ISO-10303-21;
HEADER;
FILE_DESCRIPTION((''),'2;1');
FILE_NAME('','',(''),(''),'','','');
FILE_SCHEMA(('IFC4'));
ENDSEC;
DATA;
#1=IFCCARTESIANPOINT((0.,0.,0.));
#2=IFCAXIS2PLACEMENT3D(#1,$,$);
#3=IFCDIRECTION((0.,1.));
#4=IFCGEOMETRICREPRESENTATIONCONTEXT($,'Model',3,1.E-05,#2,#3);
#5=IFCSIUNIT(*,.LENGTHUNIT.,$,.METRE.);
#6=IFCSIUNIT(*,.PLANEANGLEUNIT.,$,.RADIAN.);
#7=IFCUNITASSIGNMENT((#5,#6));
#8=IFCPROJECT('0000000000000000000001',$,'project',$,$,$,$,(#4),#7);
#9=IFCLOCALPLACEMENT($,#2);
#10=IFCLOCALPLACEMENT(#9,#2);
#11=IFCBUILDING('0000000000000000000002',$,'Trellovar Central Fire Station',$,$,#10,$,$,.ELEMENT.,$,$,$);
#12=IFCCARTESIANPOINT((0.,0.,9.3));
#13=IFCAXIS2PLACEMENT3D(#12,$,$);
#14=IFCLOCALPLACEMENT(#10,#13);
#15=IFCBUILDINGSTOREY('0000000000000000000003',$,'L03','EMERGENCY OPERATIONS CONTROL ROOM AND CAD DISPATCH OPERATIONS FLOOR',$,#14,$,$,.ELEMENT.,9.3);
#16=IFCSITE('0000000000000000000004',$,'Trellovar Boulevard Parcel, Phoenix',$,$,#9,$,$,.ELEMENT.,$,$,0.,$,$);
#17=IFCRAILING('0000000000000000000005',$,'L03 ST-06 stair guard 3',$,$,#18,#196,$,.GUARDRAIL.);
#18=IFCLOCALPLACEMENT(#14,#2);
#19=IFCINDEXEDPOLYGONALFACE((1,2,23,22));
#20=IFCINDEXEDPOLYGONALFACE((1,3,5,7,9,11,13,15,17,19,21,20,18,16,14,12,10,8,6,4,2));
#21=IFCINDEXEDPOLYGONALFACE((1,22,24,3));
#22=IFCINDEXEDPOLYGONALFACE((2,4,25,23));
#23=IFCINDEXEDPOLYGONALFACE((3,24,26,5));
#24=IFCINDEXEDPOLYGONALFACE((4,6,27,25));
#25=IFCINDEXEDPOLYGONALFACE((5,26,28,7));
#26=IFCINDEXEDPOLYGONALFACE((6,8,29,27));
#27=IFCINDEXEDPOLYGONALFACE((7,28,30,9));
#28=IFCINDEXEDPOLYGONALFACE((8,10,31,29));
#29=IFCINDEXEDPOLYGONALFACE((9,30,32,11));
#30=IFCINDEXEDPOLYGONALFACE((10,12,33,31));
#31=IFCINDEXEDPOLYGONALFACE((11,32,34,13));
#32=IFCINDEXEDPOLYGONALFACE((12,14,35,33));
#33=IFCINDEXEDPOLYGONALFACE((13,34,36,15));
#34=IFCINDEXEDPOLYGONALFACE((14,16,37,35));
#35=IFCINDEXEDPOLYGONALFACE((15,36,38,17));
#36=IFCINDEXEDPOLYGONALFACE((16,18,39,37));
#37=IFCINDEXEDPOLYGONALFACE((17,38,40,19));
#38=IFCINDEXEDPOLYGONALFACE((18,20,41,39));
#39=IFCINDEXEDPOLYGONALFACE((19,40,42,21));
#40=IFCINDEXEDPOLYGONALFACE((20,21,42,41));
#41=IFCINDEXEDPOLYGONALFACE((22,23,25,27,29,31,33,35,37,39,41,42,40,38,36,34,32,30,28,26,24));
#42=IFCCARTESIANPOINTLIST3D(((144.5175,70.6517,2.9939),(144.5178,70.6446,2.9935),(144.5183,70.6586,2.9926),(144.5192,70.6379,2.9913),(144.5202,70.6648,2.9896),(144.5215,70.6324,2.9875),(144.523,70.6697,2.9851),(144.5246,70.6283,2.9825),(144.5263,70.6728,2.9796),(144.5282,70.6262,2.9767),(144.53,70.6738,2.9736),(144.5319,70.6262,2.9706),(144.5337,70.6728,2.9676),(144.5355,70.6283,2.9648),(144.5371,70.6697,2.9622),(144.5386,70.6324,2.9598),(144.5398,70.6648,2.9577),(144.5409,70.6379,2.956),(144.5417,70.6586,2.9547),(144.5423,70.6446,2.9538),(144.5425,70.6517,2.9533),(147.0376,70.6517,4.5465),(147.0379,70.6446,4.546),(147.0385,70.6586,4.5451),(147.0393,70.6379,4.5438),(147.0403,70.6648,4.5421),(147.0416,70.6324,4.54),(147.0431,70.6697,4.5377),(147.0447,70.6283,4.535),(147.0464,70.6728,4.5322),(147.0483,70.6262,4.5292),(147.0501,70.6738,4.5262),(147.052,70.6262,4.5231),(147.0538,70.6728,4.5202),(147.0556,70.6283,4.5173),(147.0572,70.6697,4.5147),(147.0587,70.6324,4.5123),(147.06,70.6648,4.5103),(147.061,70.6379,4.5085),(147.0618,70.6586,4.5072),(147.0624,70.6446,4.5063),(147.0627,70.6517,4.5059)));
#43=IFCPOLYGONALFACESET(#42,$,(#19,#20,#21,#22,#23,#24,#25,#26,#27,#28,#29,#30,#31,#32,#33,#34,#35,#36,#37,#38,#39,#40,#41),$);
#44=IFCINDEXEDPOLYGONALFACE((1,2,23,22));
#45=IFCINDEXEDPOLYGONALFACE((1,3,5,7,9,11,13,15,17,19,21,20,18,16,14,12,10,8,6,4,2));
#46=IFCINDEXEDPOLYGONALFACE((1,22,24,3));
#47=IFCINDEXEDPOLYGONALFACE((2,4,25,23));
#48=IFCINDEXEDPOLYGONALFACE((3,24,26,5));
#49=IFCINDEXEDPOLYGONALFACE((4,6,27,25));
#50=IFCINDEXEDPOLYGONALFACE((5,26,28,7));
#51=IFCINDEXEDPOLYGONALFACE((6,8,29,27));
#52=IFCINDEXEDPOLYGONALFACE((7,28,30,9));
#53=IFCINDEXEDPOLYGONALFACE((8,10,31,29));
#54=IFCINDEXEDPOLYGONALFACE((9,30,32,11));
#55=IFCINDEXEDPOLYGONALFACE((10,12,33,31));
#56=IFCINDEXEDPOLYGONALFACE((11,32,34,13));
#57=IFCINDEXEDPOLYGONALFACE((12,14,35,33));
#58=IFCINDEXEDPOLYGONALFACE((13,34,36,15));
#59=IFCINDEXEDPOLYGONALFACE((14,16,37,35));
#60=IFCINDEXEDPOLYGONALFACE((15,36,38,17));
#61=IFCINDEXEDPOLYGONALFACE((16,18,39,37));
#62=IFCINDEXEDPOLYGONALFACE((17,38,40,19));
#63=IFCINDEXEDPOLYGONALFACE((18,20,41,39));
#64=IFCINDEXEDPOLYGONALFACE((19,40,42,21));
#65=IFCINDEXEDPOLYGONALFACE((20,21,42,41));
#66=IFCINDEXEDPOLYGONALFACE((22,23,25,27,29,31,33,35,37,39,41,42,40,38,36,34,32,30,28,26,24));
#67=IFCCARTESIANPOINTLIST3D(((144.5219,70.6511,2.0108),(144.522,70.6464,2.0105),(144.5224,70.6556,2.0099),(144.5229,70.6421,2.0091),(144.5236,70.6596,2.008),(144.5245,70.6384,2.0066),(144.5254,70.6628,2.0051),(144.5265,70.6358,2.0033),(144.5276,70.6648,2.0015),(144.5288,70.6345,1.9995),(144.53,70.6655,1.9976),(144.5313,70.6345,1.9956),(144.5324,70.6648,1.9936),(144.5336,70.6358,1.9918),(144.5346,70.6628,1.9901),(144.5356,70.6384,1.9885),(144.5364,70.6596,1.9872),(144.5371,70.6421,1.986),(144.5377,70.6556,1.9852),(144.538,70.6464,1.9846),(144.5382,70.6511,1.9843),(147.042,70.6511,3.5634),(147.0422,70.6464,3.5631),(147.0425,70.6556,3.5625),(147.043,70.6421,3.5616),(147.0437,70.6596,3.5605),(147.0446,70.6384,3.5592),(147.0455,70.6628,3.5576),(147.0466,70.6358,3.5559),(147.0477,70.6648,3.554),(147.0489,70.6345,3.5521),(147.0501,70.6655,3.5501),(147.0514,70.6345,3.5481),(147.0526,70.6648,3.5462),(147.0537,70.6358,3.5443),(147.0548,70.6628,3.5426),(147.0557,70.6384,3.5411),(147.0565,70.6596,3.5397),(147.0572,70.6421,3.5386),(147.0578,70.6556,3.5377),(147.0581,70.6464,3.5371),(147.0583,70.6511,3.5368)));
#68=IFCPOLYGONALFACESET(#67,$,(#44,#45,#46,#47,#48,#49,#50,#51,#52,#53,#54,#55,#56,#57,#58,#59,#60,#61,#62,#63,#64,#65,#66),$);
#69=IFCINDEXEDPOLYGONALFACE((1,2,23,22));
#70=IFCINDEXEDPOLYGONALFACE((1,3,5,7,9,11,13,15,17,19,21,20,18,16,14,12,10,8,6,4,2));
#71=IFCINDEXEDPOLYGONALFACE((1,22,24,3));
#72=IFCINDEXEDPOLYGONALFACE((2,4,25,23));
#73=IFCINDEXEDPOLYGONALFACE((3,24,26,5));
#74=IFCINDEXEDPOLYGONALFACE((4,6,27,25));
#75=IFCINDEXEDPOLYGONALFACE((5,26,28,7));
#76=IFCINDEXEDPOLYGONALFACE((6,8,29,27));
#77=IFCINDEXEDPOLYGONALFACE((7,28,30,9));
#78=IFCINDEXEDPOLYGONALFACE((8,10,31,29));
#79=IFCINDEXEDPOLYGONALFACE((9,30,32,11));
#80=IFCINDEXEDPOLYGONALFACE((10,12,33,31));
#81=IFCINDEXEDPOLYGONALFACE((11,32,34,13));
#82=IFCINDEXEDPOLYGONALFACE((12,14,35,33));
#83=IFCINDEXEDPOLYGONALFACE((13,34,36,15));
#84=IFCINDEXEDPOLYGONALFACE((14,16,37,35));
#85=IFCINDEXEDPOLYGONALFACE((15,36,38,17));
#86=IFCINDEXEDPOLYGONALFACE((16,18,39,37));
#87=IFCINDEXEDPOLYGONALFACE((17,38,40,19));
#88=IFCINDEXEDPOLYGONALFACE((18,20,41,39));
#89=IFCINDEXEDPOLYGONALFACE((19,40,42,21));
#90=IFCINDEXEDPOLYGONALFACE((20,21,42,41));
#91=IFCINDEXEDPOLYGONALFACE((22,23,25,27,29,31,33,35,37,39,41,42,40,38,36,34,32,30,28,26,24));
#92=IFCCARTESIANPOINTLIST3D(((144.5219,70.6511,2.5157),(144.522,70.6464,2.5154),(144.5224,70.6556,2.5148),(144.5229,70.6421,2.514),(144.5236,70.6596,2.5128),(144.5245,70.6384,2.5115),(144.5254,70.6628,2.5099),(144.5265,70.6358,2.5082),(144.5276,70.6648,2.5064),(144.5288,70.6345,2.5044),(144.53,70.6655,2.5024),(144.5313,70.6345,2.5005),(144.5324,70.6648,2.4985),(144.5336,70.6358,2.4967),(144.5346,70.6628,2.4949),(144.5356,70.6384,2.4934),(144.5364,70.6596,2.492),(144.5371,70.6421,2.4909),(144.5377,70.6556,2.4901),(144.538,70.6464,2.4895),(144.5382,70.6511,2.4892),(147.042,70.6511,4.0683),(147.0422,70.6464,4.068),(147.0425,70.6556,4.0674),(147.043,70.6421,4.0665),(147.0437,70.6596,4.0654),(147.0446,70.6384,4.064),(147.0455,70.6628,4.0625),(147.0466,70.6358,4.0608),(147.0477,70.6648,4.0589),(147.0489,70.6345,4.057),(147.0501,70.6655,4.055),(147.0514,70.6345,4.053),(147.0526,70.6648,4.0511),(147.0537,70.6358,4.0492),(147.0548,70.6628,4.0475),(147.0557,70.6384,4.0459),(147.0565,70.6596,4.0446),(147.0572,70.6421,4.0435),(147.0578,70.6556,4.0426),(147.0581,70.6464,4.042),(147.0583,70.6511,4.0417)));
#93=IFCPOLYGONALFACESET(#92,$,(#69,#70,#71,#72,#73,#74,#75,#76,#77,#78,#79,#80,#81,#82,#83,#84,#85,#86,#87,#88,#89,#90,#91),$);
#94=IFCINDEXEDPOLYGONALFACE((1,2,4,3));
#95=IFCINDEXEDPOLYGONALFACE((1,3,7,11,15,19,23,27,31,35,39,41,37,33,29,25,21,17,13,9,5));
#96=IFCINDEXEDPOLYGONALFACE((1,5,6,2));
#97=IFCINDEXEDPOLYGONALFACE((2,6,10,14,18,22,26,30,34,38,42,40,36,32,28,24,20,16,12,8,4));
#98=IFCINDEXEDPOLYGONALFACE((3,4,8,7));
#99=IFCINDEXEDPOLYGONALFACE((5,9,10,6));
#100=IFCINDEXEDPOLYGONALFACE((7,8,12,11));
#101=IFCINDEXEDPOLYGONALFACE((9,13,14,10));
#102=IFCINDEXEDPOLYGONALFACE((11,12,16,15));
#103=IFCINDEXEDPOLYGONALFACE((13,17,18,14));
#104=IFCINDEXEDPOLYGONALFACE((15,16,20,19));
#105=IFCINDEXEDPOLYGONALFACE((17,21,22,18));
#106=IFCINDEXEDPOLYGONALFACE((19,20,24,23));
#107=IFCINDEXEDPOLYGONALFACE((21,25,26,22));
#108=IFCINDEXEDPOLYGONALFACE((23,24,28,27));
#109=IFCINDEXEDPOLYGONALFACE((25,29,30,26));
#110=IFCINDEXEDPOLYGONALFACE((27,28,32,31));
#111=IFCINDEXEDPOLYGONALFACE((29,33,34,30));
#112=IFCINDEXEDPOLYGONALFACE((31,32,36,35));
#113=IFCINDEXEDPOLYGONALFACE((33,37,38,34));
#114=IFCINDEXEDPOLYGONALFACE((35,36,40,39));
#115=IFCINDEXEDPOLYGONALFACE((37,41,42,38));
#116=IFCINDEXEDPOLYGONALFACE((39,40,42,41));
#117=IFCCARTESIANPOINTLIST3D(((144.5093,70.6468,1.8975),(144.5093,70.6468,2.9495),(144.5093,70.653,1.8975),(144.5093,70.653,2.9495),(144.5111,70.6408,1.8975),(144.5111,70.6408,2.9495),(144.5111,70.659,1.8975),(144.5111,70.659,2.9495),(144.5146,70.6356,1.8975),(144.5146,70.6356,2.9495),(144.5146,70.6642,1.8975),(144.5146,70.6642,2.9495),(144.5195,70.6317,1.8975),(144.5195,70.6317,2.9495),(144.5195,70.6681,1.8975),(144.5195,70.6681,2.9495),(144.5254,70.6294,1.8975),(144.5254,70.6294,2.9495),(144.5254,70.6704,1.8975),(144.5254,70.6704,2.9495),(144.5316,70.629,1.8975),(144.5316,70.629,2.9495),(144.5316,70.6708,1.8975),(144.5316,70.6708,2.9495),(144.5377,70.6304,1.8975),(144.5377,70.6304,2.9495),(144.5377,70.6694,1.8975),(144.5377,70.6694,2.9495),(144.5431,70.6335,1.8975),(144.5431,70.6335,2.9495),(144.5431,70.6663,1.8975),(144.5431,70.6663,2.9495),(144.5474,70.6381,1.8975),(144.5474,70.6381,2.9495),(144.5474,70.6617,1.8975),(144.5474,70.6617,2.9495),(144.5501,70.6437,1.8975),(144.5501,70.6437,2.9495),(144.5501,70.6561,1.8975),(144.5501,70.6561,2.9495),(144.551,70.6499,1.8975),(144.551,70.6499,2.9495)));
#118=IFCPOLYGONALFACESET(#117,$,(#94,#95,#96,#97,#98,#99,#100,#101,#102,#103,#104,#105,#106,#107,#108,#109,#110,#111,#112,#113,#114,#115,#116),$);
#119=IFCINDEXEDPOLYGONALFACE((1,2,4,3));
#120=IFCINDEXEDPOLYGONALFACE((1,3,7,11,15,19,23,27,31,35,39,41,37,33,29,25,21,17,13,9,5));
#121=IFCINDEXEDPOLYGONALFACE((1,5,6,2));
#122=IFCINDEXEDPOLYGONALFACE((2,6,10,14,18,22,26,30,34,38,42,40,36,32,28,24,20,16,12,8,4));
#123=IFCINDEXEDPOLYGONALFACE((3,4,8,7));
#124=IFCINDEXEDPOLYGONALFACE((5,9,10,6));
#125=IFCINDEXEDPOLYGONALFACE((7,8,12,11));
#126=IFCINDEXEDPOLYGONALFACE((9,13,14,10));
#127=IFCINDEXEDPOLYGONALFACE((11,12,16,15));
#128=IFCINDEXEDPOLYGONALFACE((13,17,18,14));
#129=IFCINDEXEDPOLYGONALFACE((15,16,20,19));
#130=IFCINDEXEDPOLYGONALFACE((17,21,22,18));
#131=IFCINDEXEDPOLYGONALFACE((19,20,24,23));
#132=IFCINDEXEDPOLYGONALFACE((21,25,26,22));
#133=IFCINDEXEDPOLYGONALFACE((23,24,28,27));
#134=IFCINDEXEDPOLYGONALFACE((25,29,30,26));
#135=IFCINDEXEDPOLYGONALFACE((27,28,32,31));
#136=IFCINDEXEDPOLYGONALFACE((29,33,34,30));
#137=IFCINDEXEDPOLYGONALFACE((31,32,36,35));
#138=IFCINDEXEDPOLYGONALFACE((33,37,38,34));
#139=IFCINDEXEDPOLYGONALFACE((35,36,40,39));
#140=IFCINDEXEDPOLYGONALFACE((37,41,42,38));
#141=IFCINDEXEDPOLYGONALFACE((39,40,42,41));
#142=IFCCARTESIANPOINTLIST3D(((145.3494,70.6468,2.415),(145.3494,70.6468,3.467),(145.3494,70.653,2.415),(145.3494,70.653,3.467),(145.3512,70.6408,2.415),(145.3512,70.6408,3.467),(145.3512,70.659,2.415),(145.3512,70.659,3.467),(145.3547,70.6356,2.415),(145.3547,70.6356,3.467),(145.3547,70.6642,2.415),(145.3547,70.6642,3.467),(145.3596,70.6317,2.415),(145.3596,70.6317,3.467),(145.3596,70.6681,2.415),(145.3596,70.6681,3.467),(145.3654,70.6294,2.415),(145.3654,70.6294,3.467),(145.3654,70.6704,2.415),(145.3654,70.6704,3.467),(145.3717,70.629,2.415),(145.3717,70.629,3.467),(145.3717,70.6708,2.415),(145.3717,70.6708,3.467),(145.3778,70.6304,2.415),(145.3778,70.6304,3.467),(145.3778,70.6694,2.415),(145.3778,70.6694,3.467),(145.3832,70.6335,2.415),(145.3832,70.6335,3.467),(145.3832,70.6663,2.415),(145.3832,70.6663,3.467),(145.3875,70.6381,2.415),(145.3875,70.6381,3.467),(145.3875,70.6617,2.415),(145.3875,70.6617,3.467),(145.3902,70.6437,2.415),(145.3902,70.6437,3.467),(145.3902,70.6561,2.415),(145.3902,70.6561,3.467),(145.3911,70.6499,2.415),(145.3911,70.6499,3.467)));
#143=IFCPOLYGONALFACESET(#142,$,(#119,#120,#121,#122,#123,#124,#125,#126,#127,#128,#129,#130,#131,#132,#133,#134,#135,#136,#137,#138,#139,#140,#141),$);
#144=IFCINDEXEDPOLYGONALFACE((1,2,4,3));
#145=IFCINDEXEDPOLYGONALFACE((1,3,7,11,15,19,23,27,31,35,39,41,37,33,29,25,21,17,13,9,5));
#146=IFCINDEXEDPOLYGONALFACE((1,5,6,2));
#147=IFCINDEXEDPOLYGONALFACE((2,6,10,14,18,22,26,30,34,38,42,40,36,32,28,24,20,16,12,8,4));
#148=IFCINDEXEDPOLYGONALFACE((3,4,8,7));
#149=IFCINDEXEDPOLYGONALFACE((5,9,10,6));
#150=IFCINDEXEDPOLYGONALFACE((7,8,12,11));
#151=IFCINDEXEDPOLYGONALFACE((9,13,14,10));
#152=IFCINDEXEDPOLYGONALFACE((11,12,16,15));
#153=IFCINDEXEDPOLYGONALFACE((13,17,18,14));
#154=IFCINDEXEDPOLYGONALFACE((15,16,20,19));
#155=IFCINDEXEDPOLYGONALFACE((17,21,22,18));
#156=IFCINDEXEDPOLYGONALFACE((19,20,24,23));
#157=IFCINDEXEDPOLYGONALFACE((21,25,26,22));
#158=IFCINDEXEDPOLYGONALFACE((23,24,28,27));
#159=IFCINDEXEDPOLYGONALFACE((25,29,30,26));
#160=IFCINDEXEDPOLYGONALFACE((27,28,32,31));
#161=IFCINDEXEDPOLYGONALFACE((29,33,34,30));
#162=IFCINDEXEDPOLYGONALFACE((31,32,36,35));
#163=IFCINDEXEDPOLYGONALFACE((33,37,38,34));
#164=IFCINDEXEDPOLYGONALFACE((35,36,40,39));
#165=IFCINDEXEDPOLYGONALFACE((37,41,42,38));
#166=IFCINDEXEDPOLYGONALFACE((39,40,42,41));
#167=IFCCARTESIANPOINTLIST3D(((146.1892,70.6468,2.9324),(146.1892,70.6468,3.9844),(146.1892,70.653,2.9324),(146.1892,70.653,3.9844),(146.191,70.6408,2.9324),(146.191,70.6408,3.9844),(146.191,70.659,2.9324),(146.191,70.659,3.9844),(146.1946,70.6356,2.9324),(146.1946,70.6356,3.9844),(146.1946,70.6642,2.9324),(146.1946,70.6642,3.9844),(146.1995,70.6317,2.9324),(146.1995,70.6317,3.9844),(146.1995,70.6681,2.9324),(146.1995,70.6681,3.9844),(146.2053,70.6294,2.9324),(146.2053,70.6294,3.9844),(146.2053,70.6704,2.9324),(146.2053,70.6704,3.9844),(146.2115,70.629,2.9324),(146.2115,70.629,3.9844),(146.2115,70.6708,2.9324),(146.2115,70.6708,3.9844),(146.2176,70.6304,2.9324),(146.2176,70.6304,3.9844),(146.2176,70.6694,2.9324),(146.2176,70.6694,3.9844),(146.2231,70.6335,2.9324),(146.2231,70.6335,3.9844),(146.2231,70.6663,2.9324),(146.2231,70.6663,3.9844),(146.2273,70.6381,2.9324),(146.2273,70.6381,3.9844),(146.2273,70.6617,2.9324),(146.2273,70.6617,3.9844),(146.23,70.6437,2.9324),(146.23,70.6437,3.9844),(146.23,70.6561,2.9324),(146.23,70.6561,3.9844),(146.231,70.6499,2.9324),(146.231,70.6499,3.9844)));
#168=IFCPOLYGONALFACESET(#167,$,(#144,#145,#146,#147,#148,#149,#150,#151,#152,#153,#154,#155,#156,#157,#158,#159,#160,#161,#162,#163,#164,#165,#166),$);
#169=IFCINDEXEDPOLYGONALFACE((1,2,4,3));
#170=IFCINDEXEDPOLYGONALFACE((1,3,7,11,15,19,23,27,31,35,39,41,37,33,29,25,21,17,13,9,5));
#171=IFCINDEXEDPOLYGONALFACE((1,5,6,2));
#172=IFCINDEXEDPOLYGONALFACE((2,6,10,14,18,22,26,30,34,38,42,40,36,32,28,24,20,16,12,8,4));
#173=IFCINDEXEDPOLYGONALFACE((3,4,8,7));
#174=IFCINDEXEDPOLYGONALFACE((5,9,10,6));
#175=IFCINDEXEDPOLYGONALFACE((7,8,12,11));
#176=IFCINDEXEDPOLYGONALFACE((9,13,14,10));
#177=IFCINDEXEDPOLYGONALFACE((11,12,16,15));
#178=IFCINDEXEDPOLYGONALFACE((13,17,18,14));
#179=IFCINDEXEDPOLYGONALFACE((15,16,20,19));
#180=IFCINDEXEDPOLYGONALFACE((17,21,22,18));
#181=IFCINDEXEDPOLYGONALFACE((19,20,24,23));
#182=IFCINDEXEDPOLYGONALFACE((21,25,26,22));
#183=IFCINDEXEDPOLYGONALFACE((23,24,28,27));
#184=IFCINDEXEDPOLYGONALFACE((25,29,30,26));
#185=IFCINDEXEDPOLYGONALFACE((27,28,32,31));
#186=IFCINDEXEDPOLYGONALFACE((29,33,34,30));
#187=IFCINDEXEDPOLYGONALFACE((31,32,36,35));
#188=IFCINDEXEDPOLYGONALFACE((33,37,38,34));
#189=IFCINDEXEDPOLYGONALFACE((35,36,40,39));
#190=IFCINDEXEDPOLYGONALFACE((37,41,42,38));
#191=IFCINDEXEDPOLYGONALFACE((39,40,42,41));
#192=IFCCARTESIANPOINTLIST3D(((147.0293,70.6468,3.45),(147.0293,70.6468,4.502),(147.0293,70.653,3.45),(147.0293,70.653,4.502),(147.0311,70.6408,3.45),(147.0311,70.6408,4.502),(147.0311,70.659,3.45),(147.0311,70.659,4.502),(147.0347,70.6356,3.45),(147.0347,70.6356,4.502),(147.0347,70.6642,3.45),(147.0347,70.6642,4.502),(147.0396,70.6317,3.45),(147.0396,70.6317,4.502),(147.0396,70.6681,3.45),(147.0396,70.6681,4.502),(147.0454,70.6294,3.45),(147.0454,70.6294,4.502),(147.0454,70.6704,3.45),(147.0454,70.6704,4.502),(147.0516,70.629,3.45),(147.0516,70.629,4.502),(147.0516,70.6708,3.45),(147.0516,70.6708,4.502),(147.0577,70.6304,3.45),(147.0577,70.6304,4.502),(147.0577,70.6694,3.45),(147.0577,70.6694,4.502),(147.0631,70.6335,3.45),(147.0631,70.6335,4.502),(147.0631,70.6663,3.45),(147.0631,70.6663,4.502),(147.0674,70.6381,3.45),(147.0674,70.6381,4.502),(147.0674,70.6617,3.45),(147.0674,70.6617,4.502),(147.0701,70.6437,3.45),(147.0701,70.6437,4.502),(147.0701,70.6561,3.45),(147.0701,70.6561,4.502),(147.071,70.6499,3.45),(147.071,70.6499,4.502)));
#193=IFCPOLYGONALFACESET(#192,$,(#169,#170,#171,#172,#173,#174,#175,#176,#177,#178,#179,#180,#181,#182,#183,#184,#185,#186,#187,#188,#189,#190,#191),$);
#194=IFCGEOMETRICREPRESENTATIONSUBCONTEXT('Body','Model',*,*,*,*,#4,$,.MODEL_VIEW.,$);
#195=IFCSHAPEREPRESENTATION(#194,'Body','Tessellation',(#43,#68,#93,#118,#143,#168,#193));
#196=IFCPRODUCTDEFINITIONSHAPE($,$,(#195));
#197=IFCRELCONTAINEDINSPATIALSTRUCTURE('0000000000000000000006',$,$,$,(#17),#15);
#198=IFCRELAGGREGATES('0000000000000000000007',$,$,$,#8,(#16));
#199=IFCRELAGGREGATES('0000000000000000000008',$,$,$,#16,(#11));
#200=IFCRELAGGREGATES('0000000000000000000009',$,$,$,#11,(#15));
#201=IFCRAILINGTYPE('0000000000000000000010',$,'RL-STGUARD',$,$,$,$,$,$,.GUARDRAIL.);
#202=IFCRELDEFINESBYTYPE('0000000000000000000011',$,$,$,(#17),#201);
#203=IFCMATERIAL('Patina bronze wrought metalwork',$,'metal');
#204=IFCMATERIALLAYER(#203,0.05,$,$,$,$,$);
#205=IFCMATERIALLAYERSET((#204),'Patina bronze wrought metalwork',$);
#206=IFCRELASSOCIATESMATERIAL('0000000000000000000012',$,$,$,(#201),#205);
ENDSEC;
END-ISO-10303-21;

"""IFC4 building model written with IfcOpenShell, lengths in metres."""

from ifc_helpers import new_model, si_unit, direction, frame, origin, origin_2d, place, context, subcontext, project, spatial, circle, extrude, material, layer, layer_set, type_object, element, save


model = new_model("IFC4")

# Units and contexts
model_context = context("Model", 3, precision=1e-05, world=origin(), true_north=direction((0.0, 1.0)))
body_context = subcontext(model_context, "Body", "Model", "MODEL_VIEW")
ifc_project = project(units=[si_unit("LENGTHUNIT", "METRE"), si_unit("PLANEANGLEUNIT", "RADIAN")], contexts=[model_context])

# Site, building, storey
site_placement = place(None, origin())
site = spatial("IfcSite", under=ifc_project, at=site_placement, Name="Trellovar Boulevard Parcel, Phoenix", CompositionType="ELEMENT", RefElevation=0.0)
building_placement = place(site_placement, origin())
building = spatial("IfcBuilding", under=site, at=building_placement, Name="Trellovar Central Fire Station", CompositionType="ELEMENT")
storey_placement = place(building_placement, frame((0.0, 0.0, 9.3)))
storey = spatial("IfcBuildingStorey", under=building, at=storey_placement, Name="L03", Description="EMERGENCY OPERATIONS CONTROL ROOM AND CAD DISPATCH OPERATIONS FLOOR", CompositionType="ELEMENT", Elevation=9.3)

# Railing
ifc_material_1 = material(Name="Patina bronze wrought metalwork", Category="metal")
ifc_layer_1 = layer(ifc_material_1, 0.05)
ifc_layer_set_1 = layer_set([ifc_layer_1], Name="Patina bronze wrought metalwork")
railing_type_1 = type_object("IfcRailingType", Name="RL-STGUARD", PredefinedType="GUARDRAIL", material=ifc_layer_set_1)
railing_1_placement = place(storey_placement, frame((144.53, 70.6499, 1.8975)))
element("IfcRailing", 1, at=railing_1_placement, inside=storey, type_object=railing_type_1, Name="L03 ST-06 stair guard 3", PredefinedType="GUARDRAIL", context=body_context, shape_type="SweptSolid", body=[
    extrude(circle(Radius=0.0239, at=origin_2d()), frame((0.0, 0.0, 1.0762), z_axis=(0.8514, 0.0, 0.524516), x_axis=(0.0, 1.0, 0.0)), (0.0, 0.0, 1.0), 2.96),
    extrude(circle(Radius=0.0156, at=origin_2d()), frame((0.0, 0.0, 0.1001), z_axis=(0.8514, 0.0, 0.524516), x_axis=(0.0, 1.0, 0.0)), (0.0, 0.0, 1.0), 2.96),
    extrude(circle(Radius=0.0156, at=origin_2d()), frame((0.0, 0.0, 0.605), z_axis=(0.8514, 0.0, 0.524516), x_axis=(0.0, 1.0, 0.0)), (0.0, 0.0, 1.0), 2.96),
    extrude(circle(Radius=0.021, at=origin_2d()), origin(), (0.0, 0.0, 1.0), 1.052),
    extrude(circle(Radius=0.021, at=origin_2d()), frame((0.8401, 0.0, 0.5176)), (0.0, 0.0, 1.0), 1.052),
    extrude(circle(Radius=0.021, at=origin_2d()), frame((1.6799, 0.0, 1.0349)), (0.0, 0.0, 1.0), 1.052),
    extrude(circle(Radius=0.021, at=origin_2d()), frame((2.52, 0.0, 1.5525)), (0.0, 0.0, 1.0), 1.052),
])

save(model, "model.ifc")
